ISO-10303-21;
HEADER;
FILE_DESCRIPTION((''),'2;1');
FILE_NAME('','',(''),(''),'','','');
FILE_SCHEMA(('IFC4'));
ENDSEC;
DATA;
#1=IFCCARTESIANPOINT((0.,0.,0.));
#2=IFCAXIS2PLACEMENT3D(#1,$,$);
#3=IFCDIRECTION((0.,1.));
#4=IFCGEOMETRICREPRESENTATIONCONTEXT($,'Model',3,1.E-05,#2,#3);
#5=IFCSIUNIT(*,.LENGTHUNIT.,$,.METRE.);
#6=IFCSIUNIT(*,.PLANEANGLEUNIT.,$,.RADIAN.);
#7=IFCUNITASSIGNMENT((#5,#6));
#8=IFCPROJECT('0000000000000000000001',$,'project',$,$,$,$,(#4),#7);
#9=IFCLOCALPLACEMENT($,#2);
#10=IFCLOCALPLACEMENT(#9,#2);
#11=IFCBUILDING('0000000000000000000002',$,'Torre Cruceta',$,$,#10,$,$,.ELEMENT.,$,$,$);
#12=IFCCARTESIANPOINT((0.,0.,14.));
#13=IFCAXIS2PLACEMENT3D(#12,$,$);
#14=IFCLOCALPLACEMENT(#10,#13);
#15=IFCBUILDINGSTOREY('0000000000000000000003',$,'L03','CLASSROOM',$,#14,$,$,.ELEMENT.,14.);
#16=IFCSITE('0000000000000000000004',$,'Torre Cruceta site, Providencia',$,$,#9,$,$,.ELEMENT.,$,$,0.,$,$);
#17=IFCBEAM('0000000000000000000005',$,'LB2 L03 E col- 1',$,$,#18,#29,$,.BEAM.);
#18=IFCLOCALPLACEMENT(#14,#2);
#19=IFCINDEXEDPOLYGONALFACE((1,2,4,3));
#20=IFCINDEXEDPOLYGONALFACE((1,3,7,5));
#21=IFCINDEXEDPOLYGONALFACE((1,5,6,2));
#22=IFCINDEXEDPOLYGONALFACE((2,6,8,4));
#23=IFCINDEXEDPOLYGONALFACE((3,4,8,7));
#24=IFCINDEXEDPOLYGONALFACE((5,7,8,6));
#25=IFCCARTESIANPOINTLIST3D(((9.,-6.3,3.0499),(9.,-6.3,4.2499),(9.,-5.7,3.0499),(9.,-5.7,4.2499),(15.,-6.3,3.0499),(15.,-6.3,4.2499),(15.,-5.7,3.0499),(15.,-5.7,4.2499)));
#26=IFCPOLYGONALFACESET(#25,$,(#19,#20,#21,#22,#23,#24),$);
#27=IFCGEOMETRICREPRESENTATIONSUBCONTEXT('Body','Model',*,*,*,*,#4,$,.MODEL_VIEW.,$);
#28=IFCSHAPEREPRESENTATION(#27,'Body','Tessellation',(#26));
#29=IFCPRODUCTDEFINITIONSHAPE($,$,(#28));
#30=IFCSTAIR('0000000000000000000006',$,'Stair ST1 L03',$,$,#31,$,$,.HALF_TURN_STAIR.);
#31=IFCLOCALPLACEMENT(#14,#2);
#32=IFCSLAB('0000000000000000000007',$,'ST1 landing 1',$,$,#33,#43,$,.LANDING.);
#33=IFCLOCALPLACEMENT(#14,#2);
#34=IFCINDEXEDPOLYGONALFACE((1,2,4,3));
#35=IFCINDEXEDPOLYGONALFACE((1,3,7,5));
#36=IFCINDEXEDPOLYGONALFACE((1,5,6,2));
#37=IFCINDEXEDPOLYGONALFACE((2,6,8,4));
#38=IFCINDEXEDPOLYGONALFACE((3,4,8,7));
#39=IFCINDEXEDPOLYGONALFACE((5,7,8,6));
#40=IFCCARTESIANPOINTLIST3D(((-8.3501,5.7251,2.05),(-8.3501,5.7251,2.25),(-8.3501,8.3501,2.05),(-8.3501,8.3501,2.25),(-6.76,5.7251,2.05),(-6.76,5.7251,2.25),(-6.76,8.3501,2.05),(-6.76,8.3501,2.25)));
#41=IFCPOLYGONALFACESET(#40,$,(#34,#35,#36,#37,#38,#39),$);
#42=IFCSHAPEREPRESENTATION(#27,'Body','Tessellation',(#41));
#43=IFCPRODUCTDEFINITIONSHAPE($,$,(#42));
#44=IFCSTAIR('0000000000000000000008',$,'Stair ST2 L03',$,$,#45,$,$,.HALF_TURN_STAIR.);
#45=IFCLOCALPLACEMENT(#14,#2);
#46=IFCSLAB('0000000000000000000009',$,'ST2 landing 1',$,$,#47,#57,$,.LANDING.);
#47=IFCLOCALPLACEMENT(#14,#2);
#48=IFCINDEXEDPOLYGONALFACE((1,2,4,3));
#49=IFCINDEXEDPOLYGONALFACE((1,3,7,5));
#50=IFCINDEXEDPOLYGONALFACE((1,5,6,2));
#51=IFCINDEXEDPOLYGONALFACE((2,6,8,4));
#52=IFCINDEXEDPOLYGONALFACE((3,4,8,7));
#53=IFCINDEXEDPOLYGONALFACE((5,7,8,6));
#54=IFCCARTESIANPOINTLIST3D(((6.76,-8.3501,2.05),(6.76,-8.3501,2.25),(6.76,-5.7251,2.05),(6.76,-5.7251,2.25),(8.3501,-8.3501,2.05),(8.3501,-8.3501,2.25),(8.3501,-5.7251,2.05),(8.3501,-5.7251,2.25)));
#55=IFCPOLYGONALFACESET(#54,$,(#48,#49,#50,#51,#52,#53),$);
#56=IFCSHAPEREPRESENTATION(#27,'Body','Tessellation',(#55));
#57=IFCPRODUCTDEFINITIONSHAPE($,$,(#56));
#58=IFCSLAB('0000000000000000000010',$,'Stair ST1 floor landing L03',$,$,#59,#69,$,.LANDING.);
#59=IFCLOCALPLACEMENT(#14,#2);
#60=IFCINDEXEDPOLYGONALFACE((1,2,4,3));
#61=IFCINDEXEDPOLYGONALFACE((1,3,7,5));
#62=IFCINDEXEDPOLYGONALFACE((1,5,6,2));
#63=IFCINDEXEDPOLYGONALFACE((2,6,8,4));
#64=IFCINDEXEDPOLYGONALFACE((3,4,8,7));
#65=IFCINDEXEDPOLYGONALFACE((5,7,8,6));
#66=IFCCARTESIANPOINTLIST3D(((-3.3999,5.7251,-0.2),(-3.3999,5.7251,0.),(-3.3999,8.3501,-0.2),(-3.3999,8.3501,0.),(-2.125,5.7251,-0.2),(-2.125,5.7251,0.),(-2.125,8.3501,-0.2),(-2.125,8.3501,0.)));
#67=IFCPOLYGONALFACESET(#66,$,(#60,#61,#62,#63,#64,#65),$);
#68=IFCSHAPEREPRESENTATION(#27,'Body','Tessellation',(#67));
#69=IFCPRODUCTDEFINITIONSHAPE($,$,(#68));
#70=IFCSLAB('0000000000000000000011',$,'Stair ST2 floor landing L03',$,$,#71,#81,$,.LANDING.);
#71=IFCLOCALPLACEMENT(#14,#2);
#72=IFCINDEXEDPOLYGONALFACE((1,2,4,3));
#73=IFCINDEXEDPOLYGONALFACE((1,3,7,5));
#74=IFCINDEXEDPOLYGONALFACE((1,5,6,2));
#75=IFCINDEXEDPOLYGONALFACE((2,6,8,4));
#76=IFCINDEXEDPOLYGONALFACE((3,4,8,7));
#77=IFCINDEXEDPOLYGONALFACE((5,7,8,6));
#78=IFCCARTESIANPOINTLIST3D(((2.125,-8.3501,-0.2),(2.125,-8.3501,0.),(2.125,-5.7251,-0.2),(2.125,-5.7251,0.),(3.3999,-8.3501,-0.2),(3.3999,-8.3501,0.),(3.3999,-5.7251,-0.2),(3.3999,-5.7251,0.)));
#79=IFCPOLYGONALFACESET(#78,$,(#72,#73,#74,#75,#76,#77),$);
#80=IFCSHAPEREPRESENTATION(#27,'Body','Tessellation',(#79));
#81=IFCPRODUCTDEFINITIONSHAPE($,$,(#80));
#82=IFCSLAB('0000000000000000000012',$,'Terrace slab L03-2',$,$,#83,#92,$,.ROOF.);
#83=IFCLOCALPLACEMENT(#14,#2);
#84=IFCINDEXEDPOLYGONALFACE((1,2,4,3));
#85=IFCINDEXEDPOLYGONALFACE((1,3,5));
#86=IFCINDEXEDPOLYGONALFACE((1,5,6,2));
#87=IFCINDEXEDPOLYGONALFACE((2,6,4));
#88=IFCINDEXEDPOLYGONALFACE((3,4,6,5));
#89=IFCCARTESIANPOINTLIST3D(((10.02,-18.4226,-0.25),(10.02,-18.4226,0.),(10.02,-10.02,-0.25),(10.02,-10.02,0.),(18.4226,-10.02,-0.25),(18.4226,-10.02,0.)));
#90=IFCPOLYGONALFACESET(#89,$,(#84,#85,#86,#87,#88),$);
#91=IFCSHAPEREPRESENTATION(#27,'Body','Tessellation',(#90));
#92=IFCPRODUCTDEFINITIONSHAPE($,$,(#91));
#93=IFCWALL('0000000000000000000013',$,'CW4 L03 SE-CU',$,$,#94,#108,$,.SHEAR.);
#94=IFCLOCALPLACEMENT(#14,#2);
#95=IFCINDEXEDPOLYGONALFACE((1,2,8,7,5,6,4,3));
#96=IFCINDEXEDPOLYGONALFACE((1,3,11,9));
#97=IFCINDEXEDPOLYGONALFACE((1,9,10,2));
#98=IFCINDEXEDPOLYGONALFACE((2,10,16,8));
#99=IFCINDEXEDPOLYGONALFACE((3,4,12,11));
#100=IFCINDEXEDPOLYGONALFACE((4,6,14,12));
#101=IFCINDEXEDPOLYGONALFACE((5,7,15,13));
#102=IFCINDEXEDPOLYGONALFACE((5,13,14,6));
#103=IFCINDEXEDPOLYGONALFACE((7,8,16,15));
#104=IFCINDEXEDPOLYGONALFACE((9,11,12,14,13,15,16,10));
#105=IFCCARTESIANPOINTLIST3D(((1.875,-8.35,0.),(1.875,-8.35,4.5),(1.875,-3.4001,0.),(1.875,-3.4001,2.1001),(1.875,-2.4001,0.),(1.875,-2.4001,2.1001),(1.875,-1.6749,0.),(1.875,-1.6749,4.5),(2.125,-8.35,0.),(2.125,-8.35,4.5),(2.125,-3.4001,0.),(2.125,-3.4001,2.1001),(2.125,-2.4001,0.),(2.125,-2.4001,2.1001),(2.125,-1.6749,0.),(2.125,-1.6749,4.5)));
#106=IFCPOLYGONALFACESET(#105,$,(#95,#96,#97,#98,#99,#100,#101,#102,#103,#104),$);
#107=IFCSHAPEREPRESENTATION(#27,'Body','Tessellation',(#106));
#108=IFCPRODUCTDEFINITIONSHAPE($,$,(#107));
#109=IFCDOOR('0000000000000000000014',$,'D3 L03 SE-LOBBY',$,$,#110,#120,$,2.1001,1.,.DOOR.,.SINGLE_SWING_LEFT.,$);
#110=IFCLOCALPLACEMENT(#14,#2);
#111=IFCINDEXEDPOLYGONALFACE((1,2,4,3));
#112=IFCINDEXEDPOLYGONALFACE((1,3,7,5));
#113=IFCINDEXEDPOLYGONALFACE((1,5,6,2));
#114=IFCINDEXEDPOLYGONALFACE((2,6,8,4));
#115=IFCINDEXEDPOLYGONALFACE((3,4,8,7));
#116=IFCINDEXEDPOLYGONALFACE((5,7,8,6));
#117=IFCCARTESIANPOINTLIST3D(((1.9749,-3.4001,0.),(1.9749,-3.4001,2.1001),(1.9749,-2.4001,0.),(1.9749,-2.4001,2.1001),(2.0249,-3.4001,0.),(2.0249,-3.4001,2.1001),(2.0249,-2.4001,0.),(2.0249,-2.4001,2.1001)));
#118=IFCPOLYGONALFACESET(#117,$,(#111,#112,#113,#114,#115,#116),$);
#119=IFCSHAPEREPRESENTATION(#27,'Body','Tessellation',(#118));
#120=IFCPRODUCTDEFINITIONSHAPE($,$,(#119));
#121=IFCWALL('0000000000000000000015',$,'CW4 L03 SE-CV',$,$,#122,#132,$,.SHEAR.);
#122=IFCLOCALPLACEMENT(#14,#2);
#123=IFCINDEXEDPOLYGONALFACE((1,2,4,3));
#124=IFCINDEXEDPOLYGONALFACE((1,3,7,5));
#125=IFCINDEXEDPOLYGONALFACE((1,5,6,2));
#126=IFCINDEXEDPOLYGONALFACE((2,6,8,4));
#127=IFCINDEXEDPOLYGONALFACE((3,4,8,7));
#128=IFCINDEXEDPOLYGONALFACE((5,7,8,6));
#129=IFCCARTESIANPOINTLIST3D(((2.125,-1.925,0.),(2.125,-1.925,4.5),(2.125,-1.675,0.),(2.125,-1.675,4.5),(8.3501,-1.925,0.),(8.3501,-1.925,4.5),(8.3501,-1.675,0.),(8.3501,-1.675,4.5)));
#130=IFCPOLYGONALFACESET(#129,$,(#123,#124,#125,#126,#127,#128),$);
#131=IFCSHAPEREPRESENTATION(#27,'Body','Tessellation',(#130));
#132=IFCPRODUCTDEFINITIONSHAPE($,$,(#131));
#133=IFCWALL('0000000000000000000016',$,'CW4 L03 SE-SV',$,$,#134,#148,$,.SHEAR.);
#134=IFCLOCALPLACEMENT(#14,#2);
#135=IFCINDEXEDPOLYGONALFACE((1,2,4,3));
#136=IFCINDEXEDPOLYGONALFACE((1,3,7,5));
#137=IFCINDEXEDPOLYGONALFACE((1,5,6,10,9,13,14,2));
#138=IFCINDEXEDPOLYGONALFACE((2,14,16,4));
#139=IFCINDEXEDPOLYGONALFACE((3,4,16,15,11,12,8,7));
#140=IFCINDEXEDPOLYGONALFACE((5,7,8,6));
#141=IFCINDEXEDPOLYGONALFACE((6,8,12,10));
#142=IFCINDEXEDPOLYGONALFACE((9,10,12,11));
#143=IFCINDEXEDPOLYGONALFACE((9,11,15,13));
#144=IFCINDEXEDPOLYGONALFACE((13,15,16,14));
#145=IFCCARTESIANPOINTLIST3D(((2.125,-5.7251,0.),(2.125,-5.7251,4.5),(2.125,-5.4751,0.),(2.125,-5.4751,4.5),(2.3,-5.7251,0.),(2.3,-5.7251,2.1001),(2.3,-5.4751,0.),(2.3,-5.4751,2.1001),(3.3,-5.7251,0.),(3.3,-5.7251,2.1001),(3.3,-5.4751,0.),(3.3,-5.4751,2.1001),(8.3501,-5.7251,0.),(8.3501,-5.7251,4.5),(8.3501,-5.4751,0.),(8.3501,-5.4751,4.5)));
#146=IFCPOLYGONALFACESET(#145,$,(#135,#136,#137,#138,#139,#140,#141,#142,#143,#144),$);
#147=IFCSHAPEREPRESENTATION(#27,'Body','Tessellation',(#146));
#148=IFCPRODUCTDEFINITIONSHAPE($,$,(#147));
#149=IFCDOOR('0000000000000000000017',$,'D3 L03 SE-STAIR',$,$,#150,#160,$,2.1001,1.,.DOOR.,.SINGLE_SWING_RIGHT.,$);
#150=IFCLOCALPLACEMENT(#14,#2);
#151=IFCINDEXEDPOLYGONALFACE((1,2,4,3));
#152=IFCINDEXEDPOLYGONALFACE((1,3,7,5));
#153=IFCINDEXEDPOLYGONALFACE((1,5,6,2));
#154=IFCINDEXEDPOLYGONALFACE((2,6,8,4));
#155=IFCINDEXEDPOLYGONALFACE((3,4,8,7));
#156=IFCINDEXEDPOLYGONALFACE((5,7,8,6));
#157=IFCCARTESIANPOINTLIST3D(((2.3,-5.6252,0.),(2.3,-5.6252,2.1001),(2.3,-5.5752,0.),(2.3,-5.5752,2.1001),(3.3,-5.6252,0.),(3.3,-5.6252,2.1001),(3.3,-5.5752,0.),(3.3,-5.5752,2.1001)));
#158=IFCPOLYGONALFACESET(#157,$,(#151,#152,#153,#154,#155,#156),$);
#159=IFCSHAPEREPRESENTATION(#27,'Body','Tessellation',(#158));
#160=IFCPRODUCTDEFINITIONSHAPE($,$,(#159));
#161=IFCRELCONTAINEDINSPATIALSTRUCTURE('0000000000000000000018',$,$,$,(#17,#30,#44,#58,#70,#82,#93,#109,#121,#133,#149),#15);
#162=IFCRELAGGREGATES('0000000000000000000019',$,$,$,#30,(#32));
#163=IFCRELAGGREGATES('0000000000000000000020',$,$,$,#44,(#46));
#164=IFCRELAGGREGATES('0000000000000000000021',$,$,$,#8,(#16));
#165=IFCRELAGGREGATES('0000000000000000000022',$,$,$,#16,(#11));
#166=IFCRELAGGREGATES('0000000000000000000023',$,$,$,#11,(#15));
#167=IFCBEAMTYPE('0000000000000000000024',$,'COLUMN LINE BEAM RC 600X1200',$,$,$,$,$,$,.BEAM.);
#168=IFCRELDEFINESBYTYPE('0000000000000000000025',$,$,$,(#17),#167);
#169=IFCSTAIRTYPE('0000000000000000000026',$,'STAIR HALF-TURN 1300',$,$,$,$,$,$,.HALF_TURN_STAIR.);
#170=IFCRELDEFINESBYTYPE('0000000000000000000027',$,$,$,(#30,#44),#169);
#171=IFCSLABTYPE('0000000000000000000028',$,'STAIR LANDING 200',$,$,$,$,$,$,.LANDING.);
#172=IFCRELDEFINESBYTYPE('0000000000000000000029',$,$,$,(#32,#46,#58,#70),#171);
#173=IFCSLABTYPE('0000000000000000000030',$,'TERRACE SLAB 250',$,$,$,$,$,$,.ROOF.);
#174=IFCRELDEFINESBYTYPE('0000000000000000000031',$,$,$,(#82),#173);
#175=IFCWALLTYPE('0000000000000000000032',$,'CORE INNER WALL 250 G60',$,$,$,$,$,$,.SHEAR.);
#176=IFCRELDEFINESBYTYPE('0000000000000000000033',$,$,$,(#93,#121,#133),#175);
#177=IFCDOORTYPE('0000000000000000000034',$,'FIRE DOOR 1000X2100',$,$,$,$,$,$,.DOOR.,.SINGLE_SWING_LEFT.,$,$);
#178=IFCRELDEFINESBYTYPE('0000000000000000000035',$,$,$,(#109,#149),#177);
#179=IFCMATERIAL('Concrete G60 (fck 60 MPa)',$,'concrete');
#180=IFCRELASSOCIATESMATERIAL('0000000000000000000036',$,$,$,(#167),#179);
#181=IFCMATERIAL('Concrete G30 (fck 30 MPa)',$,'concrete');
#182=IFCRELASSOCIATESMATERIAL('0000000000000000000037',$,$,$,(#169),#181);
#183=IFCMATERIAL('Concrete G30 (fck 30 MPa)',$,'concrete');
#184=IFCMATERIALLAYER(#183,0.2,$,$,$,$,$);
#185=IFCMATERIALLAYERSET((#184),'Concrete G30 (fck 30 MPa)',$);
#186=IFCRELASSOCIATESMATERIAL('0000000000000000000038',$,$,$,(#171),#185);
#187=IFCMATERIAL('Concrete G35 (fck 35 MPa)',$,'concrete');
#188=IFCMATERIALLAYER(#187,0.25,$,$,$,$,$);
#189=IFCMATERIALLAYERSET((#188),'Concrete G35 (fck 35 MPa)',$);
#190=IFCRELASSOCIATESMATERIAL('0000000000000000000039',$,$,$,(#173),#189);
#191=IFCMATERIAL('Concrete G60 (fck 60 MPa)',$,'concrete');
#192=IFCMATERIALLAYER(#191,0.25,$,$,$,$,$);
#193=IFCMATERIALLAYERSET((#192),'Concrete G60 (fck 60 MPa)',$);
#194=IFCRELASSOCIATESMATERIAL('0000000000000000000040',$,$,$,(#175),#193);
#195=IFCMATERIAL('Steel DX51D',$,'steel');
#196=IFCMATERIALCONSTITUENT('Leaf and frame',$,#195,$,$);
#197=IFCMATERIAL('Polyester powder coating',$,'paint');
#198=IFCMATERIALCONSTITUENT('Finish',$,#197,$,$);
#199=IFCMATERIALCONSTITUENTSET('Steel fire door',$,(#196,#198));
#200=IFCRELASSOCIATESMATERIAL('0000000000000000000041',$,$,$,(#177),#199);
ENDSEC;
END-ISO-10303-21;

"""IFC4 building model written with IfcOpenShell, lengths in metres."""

from ifc_helpers import new_model, si_unit, direction, frame, frame_2d, origin, origin_2d, place, context, subcontext, project, spatial, polyline, rectangle, outline, extrude, material, layer, layer_set, constituent, constituent_set, material_profile, profile_set, type_object, element, fill, aggregate, save


model = new_model("IFC4")

# Units and contexts
model_context = context("Model", 3, precision=1e-05, world=origin(), true_north=direction((0.0, 1.0)))
body_context = subcontext(model_context, "Body", "Model", "MODEL_VIEW")
ifc_project = project(units=[si_unit("LENGTHUNIT", "METRE"), si_unit("PLANEANGLEUNIT", "RADIAN")], contexts=[model_context])

# Site, building, storey
site_placement = place(None, origin())
site = spatial("IfcSite", under=ifc_project, at=site_placement, Name="Torre Cruceta site, Providencia", CompositionType="ELEMENT", RefElevation=0.0)
building_placement = place(site_placement, origin())
building = spatial("IfcBuilding", under=site, at=building_placement, Name="Torre Cruceta", CompositionType="ELEMENT")
storey_placement = place(building_placement, frame((0.0, 0.0, 14.0)))
storey = spatial("IfcBuildingStorey", under=building, at=storey_placement, Name="L03", Description="CLASSROOM", CompositionType="ELEMENT", Elevation=14.0)

# Beam
ifc_material_1 = material(Name="Concrete G60 (fck 60 MPa)", Category="concrete")
ifc_material_profile = material_profile(ifc_material_1, rectangle(XDim=0.6001, YDim=1.2, at=origin_2d()), Name="RC 600X1200")
ifc_profile_set = profile_set([ifc_material_profile], Name="Concrete G60 (fck 60 MPa)")
beam_type = type_object("IfcBeamType", Name="COLUMN LINE BEAM RC 600X1200", PredefinedType="BEAM", material=ifc_profile_set)
beam_placement = place(storey_placement, frame((9.0, -6.0, 3.6499), z_axis=(1.0, 0.0, 0.0), x_axis=(0.0, 1.0, 0.0)))
element("IfcBeam", 1, at=beam_placement, inside=storey, type_object=beam_type, Name="LB2 L03 E col- 1", PredefinedType="BEAM", context=body_context, shape_type="SweptSolid", body=[
    extrude(rectangle(XDim=0.6001, YDim=1.2, at=origin_2d()), origin(), (0.0, 0.0, 1.0), 6.0),
])

# Stairs, slabs
ifc_material_2 = material(Name="Concrete G30 (fck 30 MPa)", Category="concrete")
stair_type = type_object("IfcStairType", Name="STAIR HALF-TURN 1300", PredefinedType="HALF_TURN_STAIR", material=ifc_material_2)
stair_1_placement = place(storey_placement, origin())
stair_1 = element("IfcStair", 2, at=stair_1_placement, inside=storey, type_object=stair_type, Name="Stair ST1 L03", PredefinedType="HALF_TURN_STAIR")
ifc_material_3 = material(Name="Concrete G30 (fck 30 MPa)", Category="concrete")
ifc_layer_1 = layer(ifc_material_3, 0.2)
ifc_layer_set_1 = layer_set([ifc_layer_1], Name="Concrete G30 (fck 30 MPa)")
slab_type_1 = type_object("IfcSlabType", Name="STAIR LANDING 200", PredefinedType="LANDING", material=ifc_layer_set_1)
slab_1_placement = place(storey_placement, frame((0.0, 0.0, 2.05)))
slab_1 = element("IfcSlab", 3, at=slab_1_placement, type_object=slab_type_1, Name="ST1 landing 1", PredefinedType="LANDING", context=body_context, shape_type="SweptSolid", body=[
    extrude(outline(polyline([(-8.3501, 5.7251), (-6.76, 5.7251), (-6.76, 8.3501), (-8.3501, 8.3501), (-8.3501, 5.7251)])), origin(), (0.0, 0.0, 1.0), 0.2),
])
aggregate(stair_1, [slab_1])
stair_2_placement = place(storey_placement, origin())
stair_2 = element("IfcStair", 4, at=stair_2_placement, inside=storey, type_object=stair_type, Name="Stair ST2 L03", PredefinedType="HALF_TURN_STAIR")
slab_2_placement = place(storey_placement, frame((0.0, 0.0, 2.05)))
slab_2 = element("IfcSlab", 5, at=slab_2_placement, type_object=slab_type_1, Name="ST2 landing 1", PredefinedType="LANDING", context=body_context, shape_type="SweptSolid", body=[
    extrude(outline(polyline([(6.76, -8.3501), (8.3501, -8.3501), (8.3501, -5.7251), (6.76, -5.7251), (6.76, -8.3501)])), origin(), (0.0, 0.0, 1.0), 0.2),
])

# Slabs
slab_3_placement = place(storey_placement, frame((0.0, 0.0, -0.2)))
element("IfcSlab", 6, at=slab_3_placement, inside=storey, type_object=slab_type_1, Name="Stair ST1 floor landing L03", PredefinedType="LANDING", context=body_context, shape_type="SweptSolid", body=[
    extrude(outline(polyline([(-2.125, 8.3501), (-2.125, 5.7251), (-3.3999, 5.7251), (-3.3999, 8.3501), (-2.125, 8.3501)])), origin(), (0.0, 0.0, 1.0), 0.2),
])
slab_4_placement = place(storey_placement, frame((0.0, 0.0, -0.2)))
element("IfcSlab", 7, at=slab_4_placement, inside=storey, type_object=slab_type_1, Name="Stair ST2 floor landing L03", PredefinedType="LANDING", context=body_context, shape_type="SweptSolid", body=[
    extrude(outline(polyline([(2.125, -8.3501), (2.125, -5.7251), (3.3999, -5.7251), (3.3999, -8.3501), (2.125, -8.3501)])), origin(), (0.0, 0.0, 1.0), 0.2),
])
ifc_material_4 = material(Name="Concrete G35 (fck 35 MPa)", Category="concrete")
ifc_layer_2 = layer(ifc_material_4, 0.25)
ifc_layer_set_2 = layer_set([ifc_layer_2], Name="Concrete G35 (fck 35 MPa)")
slab_type_2 = type_object("IfcSlabType", Name="TERRACE SLAB 250", PredefinedType="ROOF", material=ifc_layer_set_2)
slab_5_placement = place(storey_placement, frame((0.0, 0.0, -0.25)))
element("IfcSlab", 8, at=slab_5_placement, inside=storey, type_object=slab_type_2, Name="Terrace slab L03-2", PredefinedType="ROOF", context=body_context, shape_type="SweptSolid", body=[
    extrude(outline(polyline([(10.02, -10.02), (18.4226, -10.02), (10.02, -18.4226), (10.02, -10.02)])), origin(), (0.0, 0.0, 1.0), 0.25),
])

# Wall, opening, door
ifc_material_5 = material(Name="Concrete G60 (fck 60 MPa)", Category="concrete")
ifc_layer_3 = layer(ifc_material_5, 0.25)
ifc_layer_set_3 = layer_set([ifc_layer_3], Name="Concrete G60 (fck 60 MPa)")
wall_type_1 = type_object("IfcWallType", Name="CORE INNER WALL 250 G60", PredefinedType="SHEAR", material=ifc_layer_set_3)
wall_1_placement = place(storey_placement, frame((2.0, -1.675, 0.0), z_axis=(0.0, 0.0, 1.0), x_axis=(0.0, -1.0, 0.0)))
wall_1 = element("IfcWall", 9, at=wall_1_placement, inside=storey, type_object=wall_type_1, Name="CW4 L03 SE-CU", PredefinedType="SHEAR", context=body_context, shape_type="SweptSolid", body=[
    extrude(rectangle(XDim=6.675, YDim=0.25, at=frame_2d((3.3374, 0.0))), origin(), (0.0, 0.0, 1.0), 4.5),
])
opening_1_placement = place(wall_1_placement, frame((0.7251, 0.0, 0.0)))
opening_1 = element("IfcOpeningElement", 10, at=opening_1_placement, cuts=wall_1, PredefinedType="OPENING", context=body_context, shape_type="SweptSolid", body=[
    extrude(rectangle(XDim=1.0, YDim=2.1001, at=frame_2d((0.5, 1.05))), frame((0.0, 0.135, 0.0), z_axis=(0.0, -1.0, 0.0), x_axis=(1.0, 0.0, 0.0)), (0.0, 0.0, 1.0), 0.27),
])
ifc_material_6 = material(Name="Steel DX51D", Category="steel")
ifc_constituent_1 = constituent(ifc_material_6, Name="Leaf and frame")
ifc_material_7 = material(Name="Polyester powder coating", Category="paint")
ifc_constituent_2 = constituent(ifc_material_7, Name="Finish")
ifc_constituent_set_1 = constituent_set(constituents=[ifc_constituent_1, ifc_constituent_2], Name="Steel fire door")
door_type_1 = type_object("IfcDoorType", Name="FIRE DOOR 1000X2100", OperationType="SINGLE_SWING_LEFT", PredefinedType="DOOR", material=ifc_constituent_set_1)
door_1_placement = place(opening_1_placement, origin())
door_1 = element("IfcDoor", 11, at=door_1_placement, inside=storey, type_object=door_type_1, Name="D3 L03 SE-LOBBY", OperationType="SINGLE_SWING_LEFT", OverallHeight=2.1001, OverallWidth=1.0, PredefinedType="DOOR", context=body_context, shape_type="SweptSolid", body=[
    extrude(rectangle(XDim=1.0, YDim=2.1001, at=frame_2d((0.5, 1.05))), frame((0.0, 0.0249, 0.0), z_axis=(0.0, -1.0, 0.0), x_axis=(1.0, 0.0, 0.0)), (0.0, 0.0, 1.0), 0.05),
])
fill(opening_1, door_1)

# Wall
wall_2_placement = place(storey_placement, frame((2.125, -1.8, 0.0), z_axis=(0.0, 0.0, 1.0), x_axis=(1.0, 0.0, 0.0)))
element("IfcWall", 12, at=wall_2_placement, inside=storey, type_object=wall_type_1, Name="CW4 L03 SE-CV", PredefinedType="SHEAR", context=body_context, shape_type="SweptSolid", body=[
    extrude(rectangle(XDim=6.2251, YDim=0.25, at=frame_2d((3.1125, 0.0))), origin(), (0.0, 0.0, 1.0), 4.5),
])

# Wall, opening, door
wall_3_placement = place(storey_placement, frame((2.125, -5.6001, 0.0), z_axis=(0.0, 0.0, 1.0), x_axis=(1.0, 0.0, 0.0)))
wall_3 = element("IfcWall", 13, at=wall_3_placement, inside=storey, type_object=wall_type_1, Name="CW4 L03 SE-SV", PredefinedType="SHEAR", context=body_context, shape_type="SweptSolid", body=[
    extrude(rectangle(XDim=6.2251, YDim=0.25, at=frame_2d((3.1125, 0.0))), origin(), (0.0, 0.0, 1.0), 4.5),
])
opening_2_placement = place(wall_3_placement, frame((0.175, 0.0, 0.0)))
opening_2 = element("IfcOpeningElement", 14, at=opening_2_placement, cuts=wall_3, PredefinedType="OPENING", context=body_context, shape_type="SweptSolid", body=[
    extrude(rectangle(XDim=1.0, YDim=2.1001, at=frame_2d((0.5, 1.05))), frame((0.0, 0.135, 0.0), z_axis=(0.0, -1.0, 0.0), x_axis=(1.0, 0.0, 0.0)), (0.0, 0.0, 1.0), 0.27),
])
door_2_placement = place(opening_2_placement, frame((1.0, 0.0, 0.0), z_axis=(0.0, 0.0, 1.0), x_axis=(-1.0, 0.0, 0.0)))
door_2 = element("IfcDoor", 15, at=door_2_placement, inside=storey, type_object=door_type_1, Name="D3 L03 SE-STAIR", OperationType="SINGLE_SWING_RIGHT", OverallHeight=2.1001, OverallWidth=1.0, PredefinedType="DOOR", context=body_context, shape_type="SweptSolid", body=[
    extrude(rectangle(XDim=1.0, YDim=2.1001, at=frame_2d((0.5, 1.05))), frame((0.0, 0.0251, 0.0), z_axis=(0.0, -1.0, 0.0), x_axis=(1.0, 0.0, 0.0)), (0.0, 0.0, 1.0), 0.05),
])
fill(opening_2, door_2)

aggregate(stair_2, [slab_2])

save(model, "model.ifc")
